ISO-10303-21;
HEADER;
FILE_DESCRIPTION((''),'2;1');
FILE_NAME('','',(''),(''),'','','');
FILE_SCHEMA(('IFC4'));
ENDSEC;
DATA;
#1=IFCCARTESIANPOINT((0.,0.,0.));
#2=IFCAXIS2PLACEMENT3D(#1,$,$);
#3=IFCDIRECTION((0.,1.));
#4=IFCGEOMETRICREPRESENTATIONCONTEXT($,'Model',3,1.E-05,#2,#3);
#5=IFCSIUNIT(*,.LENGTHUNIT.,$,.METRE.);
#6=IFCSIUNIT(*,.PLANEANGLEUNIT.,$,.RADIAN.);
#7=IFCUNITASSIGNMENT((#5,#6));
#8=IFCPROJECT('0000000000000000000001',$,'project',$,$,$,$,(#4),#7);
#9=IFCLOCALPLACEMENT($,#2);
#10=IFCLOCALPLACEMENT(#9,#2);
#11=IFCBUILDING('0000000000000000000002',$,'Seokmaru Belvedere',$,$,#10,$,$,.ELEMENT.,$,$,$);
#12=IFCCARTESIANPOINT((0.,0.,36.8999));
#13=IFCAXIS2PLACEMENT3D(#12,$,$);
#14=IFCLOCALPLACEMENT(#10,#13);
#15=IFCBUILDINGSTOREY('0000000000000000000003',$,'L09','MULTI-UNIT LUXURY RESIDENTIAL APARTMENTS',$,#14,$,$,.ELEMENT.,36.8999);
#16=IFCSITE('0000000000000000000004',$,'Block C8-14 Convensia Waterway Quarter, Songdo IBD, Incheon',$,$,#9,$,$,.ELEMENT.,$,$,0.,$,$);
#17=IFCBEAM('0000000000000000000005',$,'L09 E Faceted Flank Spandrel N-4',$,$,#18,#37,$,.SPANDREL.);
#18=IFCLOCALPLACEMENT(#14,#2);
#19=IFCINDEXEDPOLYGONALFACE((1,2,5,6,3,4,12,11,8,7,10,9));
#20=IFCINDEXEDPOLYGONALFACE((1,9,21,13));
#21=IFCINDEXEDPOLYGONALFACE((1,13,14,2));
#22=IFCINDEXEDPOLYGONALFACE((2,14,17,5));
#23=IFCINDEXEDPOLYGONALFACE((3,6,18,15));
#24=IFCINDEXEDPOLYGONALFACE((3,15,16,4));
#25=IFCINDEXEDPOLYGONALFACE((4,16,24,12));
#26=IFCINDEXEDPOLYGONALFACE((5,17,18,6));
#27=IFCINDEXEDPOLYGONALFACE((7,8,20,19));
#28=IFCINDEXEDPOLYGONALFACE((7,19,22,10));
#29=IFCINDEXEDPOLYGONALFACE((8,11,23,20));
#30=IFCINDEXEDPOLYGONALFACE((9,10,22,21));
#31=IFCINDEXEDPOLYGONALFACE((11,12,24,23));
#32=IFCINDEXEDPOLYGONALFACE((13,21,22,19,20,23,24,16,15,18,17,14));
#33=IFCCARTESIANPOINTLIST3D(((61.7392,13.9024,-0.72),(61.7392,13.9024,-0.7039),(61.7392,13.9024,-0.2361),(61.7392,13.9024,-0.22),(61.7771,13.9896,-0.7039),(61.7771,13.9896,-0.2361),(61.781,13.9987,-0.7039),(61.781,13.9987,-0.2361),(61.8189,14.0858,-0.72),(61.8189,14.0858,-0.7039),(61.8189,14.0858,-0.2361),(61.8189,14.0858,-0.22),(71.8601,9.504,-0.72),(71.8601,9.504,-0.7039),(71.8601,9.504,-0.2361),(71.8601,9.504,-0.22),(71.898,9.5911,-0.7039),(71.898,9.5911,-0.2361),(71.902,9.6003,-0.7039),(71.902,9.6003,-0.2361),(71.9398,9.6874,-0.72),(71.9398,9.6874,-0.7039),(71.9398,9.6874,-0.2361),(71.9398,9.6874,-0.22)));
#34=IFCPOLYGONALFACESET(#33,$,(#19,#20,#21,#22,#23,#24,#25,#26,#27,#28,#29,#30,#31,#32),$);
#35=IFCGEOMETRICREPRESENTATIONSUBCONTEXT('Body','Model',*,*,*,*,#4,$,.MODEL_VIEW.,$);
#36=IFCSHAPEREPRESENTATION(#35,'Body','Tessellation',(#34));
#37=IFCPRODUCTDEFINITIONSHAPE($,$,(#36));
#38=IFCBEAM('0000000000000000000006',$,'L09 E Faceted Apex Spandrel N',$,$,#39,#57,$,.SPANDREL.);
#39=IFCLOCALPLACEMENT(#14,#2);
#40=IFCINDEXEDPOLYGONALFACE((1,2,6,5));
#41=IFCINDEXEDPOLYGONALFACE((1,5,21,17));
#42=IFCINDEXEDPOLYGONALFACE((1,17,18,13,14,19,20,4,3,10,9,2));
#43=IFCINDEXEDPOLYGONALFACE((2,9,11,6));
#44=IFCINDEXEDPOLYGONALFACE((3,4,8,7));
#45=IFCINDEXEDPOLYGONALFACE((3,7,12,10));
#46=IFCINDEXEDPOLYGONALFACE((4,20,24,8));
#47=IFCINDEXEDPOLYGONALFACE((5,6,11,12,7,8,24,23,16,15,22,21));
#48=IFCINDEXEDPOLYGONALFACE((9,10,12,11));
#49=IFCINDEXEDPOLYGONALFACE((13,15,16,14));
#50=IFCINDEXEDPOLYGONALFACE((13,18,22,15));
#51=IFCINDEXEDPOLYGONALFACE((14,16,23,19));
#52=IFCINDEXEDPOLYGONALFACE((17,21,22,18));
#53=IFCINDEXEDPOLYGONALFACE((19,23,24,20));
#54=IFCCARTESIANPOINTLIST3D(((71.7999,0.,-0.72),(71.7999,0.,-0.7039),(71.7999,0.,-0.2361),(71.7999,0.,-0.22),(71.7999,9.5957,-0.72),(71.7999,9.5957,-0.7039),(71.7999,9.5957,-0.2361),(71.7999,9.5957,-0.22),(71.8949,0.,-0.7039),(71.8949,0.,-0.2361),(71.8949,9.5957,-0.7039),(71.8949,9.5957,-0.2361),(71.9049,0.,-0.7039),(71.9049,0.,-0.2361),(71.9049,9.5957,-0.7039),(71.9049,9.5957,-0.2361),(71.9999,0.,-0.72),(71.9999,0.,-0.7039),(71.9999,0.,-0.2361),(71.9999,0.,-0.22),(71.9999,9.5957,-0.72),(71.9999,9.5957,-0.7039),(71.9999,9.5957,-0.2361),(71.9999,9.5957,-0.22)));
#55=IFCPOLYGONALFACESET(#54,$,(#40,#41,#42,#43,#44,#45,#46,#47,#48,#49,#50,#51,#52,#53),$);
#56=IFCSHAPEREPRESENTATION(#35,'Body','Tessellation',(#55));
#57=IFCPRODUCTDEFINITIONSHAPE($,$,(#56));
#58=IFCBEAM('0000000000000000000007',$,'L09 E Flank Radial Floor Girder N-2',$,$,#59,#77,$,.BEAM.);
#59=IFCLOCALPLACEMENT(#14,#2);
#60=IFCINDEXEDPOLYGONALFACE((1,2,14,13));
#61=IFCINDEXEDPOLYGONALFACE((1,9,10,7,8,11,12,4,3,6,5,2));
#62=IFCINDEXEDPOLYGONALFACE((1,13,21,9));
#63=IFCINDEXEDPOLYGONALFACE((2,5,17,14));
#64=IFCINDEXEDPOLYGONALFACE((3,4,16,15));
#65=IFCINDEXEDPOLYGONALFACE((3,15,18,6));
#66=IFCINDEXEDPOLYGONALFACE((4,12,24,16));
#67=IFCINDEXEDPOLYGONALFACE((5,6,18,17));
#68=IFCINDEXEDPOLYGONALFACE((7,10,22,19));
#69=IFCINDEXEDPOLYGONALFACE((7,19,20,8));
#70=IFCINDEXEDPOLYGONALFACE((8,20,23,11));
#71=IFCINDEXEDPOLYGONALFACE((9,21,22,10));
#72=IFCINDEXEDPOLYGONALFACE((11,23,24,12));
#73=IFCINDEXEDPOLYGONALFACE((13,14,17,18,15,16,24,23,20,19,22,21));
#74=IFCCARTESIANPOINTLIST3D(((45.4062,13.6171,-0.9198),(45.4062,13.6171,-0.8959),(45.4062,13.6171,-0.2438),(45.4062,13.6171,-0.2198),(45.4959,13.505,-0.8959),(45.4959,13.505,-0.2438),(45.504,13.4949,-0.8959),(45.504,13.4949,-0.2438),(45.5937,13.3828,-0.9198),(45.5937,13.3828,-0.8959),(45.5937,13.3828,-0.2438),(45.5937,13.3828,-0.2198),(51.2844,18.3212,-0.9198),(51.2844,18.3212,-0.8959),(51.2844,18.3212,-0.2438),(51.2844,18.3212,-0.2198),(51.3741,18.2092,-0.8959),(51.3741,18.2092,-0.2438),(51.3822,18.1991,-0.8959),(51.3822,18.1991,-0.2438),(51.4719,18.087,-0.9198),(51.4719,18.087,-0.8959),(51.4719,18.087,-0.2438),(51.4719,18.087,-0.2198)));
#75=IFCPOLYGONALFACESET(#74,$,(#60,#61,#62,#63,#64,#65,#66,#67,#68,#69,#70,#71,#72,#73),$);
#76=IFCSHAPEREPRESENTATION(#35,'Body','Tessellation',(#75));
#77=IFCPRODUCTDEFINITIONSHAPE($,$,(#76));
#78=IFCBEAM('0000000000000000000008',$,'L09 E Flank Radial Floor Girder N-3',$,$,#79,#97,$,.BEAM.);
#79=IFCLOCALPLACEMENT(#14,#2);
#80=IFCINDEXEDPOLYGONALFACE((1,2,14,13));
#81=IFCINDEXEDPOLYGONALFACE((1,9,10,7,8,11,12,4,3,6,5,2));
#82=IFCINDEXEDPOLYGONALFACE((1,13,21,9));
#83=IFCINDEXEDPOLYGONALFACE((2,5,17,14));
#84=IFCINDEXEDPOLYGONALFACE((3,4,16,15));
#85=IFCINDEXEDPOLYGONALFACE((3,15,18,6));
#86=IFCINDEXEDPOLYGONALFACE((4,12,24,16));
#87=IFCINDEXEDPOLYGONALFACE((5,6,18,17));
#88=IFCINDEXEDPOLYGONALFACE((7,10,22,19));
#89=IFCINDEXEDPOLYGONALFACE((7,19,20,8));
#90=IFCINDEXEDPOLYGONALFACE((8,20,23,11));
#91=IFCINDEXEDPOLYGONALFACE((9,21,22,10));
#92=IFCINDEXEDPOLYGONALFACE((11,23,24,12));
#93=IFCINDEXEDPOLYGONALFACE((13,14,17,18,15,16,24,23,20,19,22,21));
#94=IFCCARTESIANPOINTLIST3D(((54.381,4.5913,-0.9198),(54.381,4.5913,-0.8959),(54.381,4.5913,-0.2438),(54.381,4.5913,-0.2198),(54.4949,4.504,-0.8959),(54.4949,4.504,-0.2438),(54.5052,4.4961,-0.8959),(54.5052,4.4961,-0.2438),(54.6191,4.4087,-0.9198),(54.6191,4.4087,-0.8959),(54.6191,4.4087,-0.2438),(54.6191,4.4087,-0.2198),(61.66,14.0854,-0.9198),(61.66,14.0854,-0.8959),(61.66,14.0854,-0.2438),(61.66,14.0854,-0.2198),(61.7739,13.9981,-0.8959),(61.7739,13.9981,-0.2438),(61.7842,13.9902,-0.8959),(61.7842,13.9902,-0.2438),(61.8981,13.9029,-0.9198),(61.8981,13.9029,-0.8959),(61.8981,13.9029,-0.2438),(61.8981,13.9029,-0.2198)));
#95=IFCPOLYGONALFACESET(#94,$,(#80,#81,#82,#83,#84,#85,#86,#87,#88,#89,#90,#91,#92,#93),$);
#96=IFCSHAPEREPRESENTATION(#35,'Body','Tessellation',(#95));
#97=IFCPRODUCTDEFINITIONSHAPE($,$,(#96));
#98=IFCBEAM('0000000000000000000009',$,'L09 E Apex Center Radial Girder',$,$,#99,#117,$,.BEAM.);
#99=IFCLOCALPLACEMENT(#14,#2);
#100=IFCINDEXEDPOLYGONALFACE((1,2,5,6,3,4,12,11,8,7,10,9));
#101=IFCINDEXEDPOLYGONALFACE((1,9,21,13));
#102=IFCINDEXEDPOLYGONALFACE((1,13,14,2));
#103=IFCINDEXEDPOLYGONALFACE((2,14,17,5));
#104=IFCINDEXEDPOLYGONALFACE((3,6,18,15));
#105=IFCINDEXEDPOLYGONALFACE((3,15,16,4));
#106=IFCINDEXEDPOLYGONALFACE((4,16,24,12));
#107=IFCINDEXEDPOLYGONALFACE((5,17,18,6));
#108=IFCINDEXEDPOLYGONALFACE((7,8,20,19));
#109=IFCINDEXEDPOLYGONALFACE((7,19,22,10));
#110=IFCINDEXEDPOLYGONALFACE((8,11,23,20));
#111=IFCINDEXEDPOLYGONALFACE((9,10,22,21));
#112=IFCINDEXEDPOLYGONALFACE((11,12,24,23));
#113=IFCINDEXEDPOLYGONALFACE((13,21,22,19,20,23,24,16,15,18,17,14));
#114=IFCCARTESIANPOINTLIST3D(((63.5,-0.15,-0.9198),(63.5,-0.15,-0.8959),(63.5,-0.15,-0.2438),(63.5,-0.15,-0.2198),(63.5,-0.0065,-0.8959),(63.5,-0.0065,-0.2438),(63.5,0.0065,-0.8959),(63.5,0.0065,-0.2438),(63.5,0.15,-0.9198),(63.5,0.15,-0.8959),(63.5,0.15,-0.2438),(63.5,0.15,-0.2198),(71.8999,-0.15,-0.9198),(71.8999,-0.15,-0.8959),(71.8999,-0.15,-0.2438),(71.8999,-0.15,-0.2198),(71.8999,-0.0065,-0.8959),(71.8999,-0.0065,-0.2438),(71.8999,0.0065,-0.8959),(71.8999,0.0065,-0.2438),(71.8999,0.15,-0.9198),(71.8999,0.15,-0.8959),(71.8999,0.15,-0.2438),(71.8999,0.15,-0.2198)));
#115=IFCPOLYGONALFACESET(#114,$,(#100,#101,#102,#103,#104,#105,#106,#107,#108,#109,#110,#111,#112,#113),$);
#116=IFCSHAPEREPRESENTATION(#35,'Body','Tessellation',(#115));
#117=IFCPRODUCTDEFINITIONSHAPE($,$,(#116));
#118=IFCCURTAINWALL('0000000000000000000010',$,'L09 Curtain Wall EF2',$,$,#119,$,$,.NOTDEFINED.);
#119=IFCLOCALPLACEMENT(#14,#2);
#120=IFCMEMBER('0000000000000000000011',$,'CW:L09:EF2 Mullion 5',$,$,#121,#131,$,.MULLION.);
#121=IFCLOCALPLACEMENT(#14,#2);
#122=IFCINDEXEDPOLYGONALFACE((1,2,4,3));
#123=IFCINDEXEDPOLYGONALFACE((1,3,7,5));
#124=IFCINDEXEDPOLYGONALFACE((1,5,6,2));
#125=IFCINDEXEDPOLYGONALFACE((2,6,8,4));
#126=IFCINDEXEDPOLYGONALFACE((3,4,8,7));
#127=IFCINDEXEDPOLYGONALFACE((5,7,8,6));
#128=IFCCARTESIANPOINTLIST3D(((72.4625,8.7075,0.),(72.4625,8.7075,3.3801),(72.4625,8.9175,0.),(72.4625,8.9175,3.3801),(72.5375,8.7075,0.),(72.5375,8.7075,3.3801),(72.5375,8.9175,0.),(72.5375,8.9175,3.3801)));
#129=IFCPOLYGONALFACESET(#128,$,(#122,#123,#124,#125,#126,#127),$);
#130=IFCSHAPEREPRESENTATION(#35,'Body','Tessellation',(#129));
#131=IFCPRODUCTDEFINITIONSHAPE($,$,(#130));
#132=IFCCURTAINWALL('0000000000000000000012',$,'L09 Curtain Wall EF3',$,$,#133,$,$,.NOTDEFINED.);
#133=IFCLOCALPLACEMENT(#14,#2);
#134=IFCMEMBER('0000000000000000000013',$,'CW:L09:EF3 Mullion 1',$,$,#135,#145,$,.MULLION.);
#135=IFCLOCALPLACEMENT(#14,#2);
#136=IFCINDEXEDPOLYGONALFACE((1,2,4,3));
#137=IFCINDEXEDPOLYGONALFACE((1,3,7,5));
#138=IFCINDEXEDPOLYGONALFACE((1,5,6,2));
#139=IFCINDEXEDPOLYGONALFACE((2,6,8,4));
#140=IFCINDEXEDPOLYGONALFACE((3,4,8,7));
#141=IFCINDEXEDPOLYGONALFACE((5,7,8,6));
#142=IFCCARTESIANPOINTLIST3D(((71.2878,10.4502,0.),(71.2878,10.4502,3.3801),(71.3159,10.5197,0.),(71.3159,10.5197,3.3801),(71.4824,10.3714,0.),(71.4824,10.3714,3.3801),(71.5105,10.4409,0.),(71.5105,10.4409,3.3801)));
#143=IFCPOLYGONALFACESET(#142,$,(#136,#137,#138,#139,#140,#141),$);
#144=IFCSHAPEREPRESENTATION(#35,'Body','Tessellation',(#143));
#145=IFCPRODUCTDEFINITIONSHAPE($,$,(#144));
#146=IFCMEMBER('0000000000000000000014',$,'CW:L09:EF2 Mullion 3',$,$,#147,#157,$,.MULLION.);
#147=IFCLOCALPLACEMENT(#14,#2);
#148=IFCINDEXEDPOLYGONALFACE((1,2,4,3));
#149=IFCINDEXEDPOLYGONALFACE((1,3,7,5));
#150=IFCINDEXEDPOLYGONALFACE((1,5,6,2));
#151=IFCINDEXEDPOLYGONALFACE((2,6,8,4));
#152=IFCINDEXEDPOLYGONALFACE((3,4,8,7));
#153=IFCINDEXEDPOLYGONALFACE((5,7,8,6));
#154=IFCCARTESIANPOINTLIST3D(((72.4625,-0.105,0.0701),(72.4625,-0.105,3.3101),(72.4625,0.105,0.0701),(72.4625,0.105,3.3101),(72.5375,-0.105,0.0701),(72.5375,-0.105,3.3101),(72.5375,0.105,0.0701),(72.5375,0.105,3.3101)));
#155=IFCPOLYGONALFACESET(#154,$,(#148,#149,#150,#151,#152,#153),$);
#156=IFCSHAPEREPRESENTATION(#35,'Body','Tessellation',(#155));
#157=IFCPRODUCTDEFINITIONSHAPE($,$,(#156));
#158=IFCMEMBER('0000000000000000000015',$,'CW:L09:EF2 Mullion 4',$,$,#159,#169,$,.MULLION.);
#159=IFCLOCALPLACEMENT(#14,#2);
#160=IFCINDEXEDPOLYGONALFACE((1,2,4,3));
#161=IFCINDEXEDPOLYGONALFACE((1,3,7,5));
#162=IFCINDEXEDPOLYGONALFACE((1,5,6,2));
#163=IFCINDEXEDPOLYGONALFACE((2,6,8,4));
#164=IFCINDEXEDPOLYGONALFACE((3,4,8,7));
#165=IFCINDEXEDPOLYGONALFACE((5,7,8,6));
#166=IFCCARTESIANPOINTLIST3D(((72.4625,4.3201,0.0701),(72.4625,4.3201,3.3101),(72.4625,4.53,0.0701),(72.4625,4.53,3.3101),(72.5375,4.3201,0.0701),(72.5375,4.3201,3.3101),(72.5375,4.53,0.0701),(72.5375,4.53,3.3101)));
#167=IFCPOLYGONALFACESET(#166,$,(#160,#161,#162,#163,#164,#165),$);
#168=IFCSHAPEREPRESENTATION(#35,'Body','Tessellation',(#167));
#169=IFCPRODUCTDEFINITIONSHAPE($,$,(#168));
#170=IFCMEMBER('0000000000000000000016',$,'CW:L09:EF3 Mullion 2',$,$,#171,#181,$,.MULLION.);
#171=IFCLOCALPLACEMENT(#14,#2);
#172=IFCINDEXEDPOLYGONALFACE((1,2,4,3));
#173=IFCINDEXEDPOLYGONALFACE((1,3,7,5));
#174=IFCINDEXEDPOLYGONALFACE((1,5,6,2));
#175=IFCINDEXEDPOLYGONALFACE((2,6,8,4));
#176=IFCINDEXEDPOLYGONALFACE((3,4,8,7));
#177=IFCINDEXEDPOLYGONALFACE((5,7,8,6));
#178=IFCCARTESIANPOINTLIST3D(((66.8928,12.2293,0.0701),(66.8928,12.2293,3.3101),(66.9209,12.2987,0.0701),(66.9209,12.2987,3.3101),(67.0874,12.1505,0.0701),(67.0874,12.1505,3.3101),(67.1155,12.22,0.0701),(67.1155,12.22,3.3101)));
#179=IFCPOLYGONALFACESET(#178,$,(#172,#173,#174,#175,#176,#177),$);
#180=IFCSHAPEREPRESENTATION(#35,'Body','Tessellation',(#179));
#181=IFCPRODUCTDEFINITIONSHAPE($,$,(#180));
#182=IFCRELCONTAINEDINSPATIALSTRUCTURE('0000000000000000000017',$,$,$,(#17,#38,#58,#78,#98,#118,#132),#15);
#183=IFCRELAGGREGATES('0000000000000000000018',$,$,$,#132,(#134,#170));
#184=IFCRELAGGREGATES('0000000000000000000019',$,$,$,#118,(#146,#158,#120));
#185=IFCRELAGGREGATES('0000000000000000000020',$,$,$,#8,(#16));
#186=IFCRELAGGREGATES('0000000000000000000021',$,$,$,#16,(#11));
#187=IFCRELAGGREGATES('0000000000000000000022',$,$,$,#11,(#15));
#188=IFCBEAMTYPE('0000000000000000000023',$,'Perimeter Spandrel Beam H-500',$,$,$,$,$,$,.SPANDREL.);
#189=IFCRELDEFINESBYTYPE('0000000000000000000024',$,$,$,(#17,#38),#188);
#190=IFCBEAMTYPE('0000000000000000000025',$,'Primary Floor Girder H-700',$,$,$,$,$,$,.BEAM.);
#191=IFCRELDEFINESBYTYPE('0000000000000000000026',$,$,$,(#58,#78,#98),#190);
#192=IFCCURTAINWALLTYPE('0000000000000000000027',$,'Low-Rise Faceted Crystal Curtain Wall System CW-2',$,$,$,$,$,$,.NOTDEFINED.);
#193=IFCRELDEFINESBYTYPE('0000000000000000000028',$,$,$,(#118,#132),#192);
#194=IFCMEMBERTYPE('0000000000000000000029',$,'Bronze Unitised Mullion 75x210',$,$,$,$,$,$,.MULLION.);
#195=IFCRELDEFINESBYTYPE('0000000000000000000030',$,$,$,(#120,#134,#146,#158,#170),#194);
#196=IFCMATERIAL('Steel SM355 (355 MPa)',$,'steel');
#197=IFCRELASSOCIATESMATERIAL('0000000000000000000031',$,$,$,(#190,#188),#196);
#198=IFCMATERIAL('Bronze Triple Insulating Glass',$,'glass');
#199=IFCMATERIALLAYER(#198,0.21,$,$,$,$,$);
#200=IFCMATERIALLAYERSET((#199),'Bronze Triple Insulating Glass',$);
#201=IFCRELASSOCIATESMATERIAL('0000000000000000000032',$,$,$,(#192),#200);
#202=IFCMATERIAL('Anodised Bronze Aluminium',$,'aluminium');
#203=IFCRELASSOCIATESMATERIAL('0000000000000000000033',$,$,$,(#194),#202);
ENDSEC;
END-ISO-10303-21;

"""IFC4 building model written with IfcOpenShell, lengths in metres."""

from ifc_helpers import new_model, si_unit, direction, frame, origin, origin_2d, place, context, subcontext, project, spatial, rectangle, i_section, extrude, source, transform, mapped, material, layer, layer_set, material_profile, profile_set, type_object, type_shapes, element, aggregate, save


model = new_model("IFC4")

# Units and contexts
model_context = context("Model", 3, precision=1e-05, world=origin(), true_north=direction((0.0, 1.0)))
body_context = subcontext(model_context, "Body", "Model", "MODEL_VIEW")
ifc_project = project(units=[si_unit("LENGTHUNIT", "METRE"), si_unit("PLANEANGLEUNIT", "RADIAN")], contexts=[model_context])

# Site, building, storey
site_placement = place(None, origin())
site = spatial("IfcSite", under=ifc_project, at=site_placement, Name="Block C8-14 Convensia Waterway Quarter, Songdo IBD, Incheon", CompositionType="ELEMENT", RefElevation=0.0)
building_placement = place(site_placement, origin())
building = spatial("IfcBuilding", under=site, at=building_placement, Name="Seokmaru Belvedere", CompositionType="ELEMENT")
storey_placement = place(building_placement, frame((0.0, 0.0, 36.8999)))
storey = spatial("IfcBuildingStorey", under=building, at=storey_placement, Name="L09", Description="MULTI-UNIT LUXURY RESIDENTIAL APARTMENTS", CompositionType="ELEMENT", Elevation=36.8999)

# Shared definitions
ifc_material_1 = material(Name="Steel SM355 (355 MPa)", Category="steel")

# Beams
ifc_material_profile_1 = material_profile(ifc_material_1, i_section(OverallWidth=0.3, OverallDepth=0.7, WebThickness=0.0129, FlangeThickness=0.0239, at=origin_2d()), Name="H-700x300x13x24")
ifc_profile_set_1 = profile_set([ifc_material_profile_1], Name="Steel SM355 (355 MPa)")
beam_type_1 = type_object("IfcBeamType", Name="Primary Floor Girder H-700", PredefinedType="BEAM", material=ifc_profile_set_1)
ifc_material_profile_2 = material_profile(ifc_material_1, i_section(OverallWidth=0.2, OverallDepth=0.5, WebThickness=0.01, FlangeThickness=0.0161, at=origin_2d()), Name="H-500x200x10x16")
ifc_profile_set_2 = profile_set([ifc_material_profile_2], Name="Steel SM355 (355 MPa)")
beam_type_2 = type_object("IfcBeamType", Name="Perimeter Spandrel Beam H-500", PredefinedType="SPANDREL", material=ifc_profile_set_2)
shared_shape_1 = source(origin(), body_context, "Body", "SweptSolid", [
    extrude(i_section(OverallWidth=0.2, OverallDepth=0.5, WebThickness=0.01, FlangeThickness=0.0161, at=origin_2d()), origin(), (0.0, 0.0, 1.0), 11.0354),
])
beam_1_placement = place(storey_placement, frame((61.7791, 13.9941, -0.47), z_axis=(0.917134, -0.398579, 0.0), x_axis=(0.398579, 0.917134, 0.0)))
element("IfcBeam", 1, at=beam_1_placement, inside=storey, type_object=beam_type_2, Name="L09 E Faceted Flank Spandrel N-4", PredefinedType="SPANDREL", context=body_context, shape_type="MappedRepresentation", body=[
    mapped(shared_shape_1, transform((0.0, 0.0, 0.0), scale=1.0)),
])
shared_shape_2 = source(origin(), body_context, "Body", "SweptSolid", [
    extrude(i_section(OverallWidth=0.2, OverallDepth=0.5, WebThickness=0.01, FlangeThickness=0.0161, at=origin_2d()), origin(), (0.0, 0.0, 1.0), 9.5957),
])
beam_2_placement = place(storey_placement, frame((71.8999, 0.0, -0.47), z_axis=(0.0, 1.0, 0.0), x_axis=(-1.0, 0.0, 0.0)))
element("IfcBeam", 2, at=beam_2_placement, inside=storey, type_object=beam_type_2, Name="L09 E Faceted Apex Spandrel N", PredefinedType="SPANDREL", context=body_context, shape_type="MappedRepresentation", body=[
    mapped(shared_shape_2, transform((0.0, 0.0, 0.0), scale=1.0)),
])
shared_shape_3 = source(origin(), body_context, "Body", "SweptSolid", [
    extrude(i_section(OverallWidth=0.3, OverallDepth=0.7, WebThickness=0.0129, FlangeThickness=0.0239, at=origin_2d()), origin(), (0.0, 0.0, 1.0), 7.5288),
])
beam_3_placement = place(storey_placement, frame((51.3782, 18.2041, -0.5698), z_axis=(-0.780768, -0.624822, 0.0), x_axis=(0.624822, -0.780768, 0.0)))
element("IfcBeam", 3, at=beam_3_placement, inside=storey, type_object=beam_type_1, Name="L09 E Flank Radial Floor Girder N-2", PredefinedType="BEAM", context=body_context, shape_type="MappedRepresentation", body=[
    mapped(shared_shape_3, transform((0.0, 0.0, 0.0), scale=1.0)),
])
shared_shape_4 = source(origin(), body_context, "Body", "SweptSolid", [
    extrude(i_section(OverallWidth=0.3, OverallDepth=0.7, WebThickness=0.0129, FlangeThickness=0.0239, at=origin_2d()), origin(), (0.0, 0.0, 1.0), 11.9634),
])
beam_4_placement = place(storey_placement, frame((61.7791, 13.9941, -0.5698), z_axis=(-0.608443, -0.793598, 0.0), x_axis=(0.793598, -0.608443, 0.0)))
element("IfcBeam", 4, at=beam_4_placement, inside=storey, type_object=beam_type_1, Name="L09 E Flank Radial Floor Girder N-3", PredefinedType="BEAM", context=body_context, shape_type="MappedRepresentation", body=[
    mapped(shared_shape_4, transform((0.0, 0.0, 0.0), scale=1.0)),
])
shared_shape_5 = source(origin(), body_context, "Body", "SweptSolid", [
    extrude(i_section(OverallWidth=0.3, OverallDepth=0.7, WebThickness=0.0129, FlangeThickness=0.0239, at=origin_2d()), origin(), (0.0, 0.0, 1.0), 8.3999),
])
beam_5_placement = place(storey_placement, frame((71.8999, 0.0, -0.5698), z_axis=(-1.0, 0.0, 0.0), x_axis=(0.0, -1.0, 0.0)))
element("IfcBeam", 5, at=beam_5_placement, inside=storey, type_object=beam_type_1, Name="L09 E Apex Center Radial Girder", PredefinedType="BEAM", context=body_context, shape_type="MappedRepresentation", body=[
    mapped(shared_shape_5, transform((0.0, 0.0, 0.0), scale=1.0)),
])

# Curtain walls, members
ifc_material_2 = material(Name="Bronze Triple Insulating Glass", Category="glass")
ifc_layer_1 = layer(ifc_material_2, 0.21)
ifc_layer_set_1 = layer_set([ifc_layer_1], Name="Bronze Triple Insulating Glass")
curtain_wall_type = type_object("IfcCurtainWallType", Name="Low-Rise Faceted Crystal Curtain Wall System CW-2", PredefinedType="NOTDEFINED", material=ifc_layer_set_1)
curtain_wall_1_placement = place(storey_placement, origin())
curtain_wall_1 = element("IfcCurtainWall", 6, at=curtain_wall_1_placement, inside=storey, type_object=curtain_wall_type, Name="L09 Curtain Wall EF2", PredefinedType="NOTDEFINED")
ifc_material_3 = material(Name="Anodised Bronze Aluminium", Category="aluminium")
ifc_material_profile_3 = material_profile(ifc_material_3, rectangle(XDim=0.075, YDim=0.21, at=origin_2d()), Name="CW-M-75x210")
ifc_profile_set_3 = profile_set([ifc_material_profile_3], Name="Anodised Bronze Aluminium")
member_type_1 = type_object("IfcMemberType", Name="Bronze Unitised Mullion 75x210", PredefinedType="MULLION", material=ifc_profile_set_3)
shared_shape_6 = source(origin(), body_context, "Body", "SweptSolid", [
    extrude(rectangle(XDim=0.075, YDim=0.21, at=origin_2d()), origin(), (0.0, 0.0, 1.0), 3.3801),
])
member_1_placement = place(storey_placement, frame((72.5, 8.8125, 0.0), z_axis=(0.0, 0.0, 1.0), x_axis=(-1.0, 0.0, 0.0)))
member_1 = element("IfcMember", 7, at=member_1_placement, type_object=member_type_1, Name="CW:L09:EF2 Mullion 5", PredefinedType="MULLION", context=body_context, shape_type="MappedRepresentation", body=[
    mapped(shared_shape_6, transform((0.0, 0.0, 0.0), scale=1.0)),
])
curtain_wall_2_placement = place(storey_placement, origin())
curtain_wall_2 = element("IfcCurtainWall", 8, at=curtain_wall_2_placement, inside=storey, type_object=curtain_wall_type, Name="L09 Curtain Wall EF3", PredefinedType="NOTDEFINED")
member_2_placement = place(storey_placement, frame((71.3992, 10.4456, 0.0), z_axis=(0.0, 0.0, 1.0), x_axis=(-0.375192, -0.926947, 0.0)))
member_2 = element("IfcMember", 9, at=member_2_placement, type_object=member_type_1, Name="CW:L09:EF3 Mullion 1", PredefinedType="MULLION", context=body_context, shape_type="MappedRepresentation", body=[
    mapped(shared_shape_6, transform((0.0, 0.0, 0.0), scale=1.0)),
])

# Members
shared_shape_7 = source(origin(), body_context, "Body", "SweptSolid", [
    extrude(rectangle(XDim=0.075, YDim=0.21, at=origin_2d()), origin(), (0.0, 0.0, 1.0), 3.24),
])
type_shapes(member_type_1, [shared_shape_6, shared_shape_7])
member_3_placement = place(storey_placement, frame((72.5, 0.0, 0.0701), z_axis=(0.0, 0.0, 1.0), x_axis=(-1.0, 0.0, 0.0)))
member_3 = element("IfcMember", 10, at=member_3_placement, type_object=member_type_1, Name="CW:L09:EF2 Mullion 3", PredefinedType="MULLION", context=body_context, shape_type="MappedRepresentation", body=[
    mapped(shared_shape_7, transform((0.0, 0.0, 0.0), scale=1.0)),
])
member_4_placement = place(storey_placement, frame((72.5, 4.425, 0.0701), z_axis=(0.0, 0.0, 1.0), x_axis=(-1.0, 0.0, 0.0)))
member_4 = element("IfcMember", 11, at=member_4_placement, type_object=member_type_1, Name="CW:L09:EF2 Mullion 4", PredefinedType="MULLION", context=body_context, shape_type="MappedRepresentation", body=[
    mapped(shared_shape_7, transform((0.0, 0.0, 0.0), scale=1.0)),
])
member_5_placement = place(storey_placement, frame((67.0042, 12.2246, 0.0701), z_axis=(0.0, 0.0, 1.0), x_axis=(-0.375192, -0.926947, 0.0)))
member_5 = element("IfcMember", 12, at=member_5_placement, type_object=member_type_1, Name="CW:L09:EF3 Mullion 2", PredefinedType="MULLION", context=body_context, shape_type="MappedRepresentation", body=[
    mapped(shared_shape_7, transform((0.0, 0.0, 0.0), scale=1.0)),
])

aggregate(curtain_wall_2, [member_2, member_5])
aggregate(curtain_wall_1, [member_3, member_4, member_1])

save(model, "model.ifc")
